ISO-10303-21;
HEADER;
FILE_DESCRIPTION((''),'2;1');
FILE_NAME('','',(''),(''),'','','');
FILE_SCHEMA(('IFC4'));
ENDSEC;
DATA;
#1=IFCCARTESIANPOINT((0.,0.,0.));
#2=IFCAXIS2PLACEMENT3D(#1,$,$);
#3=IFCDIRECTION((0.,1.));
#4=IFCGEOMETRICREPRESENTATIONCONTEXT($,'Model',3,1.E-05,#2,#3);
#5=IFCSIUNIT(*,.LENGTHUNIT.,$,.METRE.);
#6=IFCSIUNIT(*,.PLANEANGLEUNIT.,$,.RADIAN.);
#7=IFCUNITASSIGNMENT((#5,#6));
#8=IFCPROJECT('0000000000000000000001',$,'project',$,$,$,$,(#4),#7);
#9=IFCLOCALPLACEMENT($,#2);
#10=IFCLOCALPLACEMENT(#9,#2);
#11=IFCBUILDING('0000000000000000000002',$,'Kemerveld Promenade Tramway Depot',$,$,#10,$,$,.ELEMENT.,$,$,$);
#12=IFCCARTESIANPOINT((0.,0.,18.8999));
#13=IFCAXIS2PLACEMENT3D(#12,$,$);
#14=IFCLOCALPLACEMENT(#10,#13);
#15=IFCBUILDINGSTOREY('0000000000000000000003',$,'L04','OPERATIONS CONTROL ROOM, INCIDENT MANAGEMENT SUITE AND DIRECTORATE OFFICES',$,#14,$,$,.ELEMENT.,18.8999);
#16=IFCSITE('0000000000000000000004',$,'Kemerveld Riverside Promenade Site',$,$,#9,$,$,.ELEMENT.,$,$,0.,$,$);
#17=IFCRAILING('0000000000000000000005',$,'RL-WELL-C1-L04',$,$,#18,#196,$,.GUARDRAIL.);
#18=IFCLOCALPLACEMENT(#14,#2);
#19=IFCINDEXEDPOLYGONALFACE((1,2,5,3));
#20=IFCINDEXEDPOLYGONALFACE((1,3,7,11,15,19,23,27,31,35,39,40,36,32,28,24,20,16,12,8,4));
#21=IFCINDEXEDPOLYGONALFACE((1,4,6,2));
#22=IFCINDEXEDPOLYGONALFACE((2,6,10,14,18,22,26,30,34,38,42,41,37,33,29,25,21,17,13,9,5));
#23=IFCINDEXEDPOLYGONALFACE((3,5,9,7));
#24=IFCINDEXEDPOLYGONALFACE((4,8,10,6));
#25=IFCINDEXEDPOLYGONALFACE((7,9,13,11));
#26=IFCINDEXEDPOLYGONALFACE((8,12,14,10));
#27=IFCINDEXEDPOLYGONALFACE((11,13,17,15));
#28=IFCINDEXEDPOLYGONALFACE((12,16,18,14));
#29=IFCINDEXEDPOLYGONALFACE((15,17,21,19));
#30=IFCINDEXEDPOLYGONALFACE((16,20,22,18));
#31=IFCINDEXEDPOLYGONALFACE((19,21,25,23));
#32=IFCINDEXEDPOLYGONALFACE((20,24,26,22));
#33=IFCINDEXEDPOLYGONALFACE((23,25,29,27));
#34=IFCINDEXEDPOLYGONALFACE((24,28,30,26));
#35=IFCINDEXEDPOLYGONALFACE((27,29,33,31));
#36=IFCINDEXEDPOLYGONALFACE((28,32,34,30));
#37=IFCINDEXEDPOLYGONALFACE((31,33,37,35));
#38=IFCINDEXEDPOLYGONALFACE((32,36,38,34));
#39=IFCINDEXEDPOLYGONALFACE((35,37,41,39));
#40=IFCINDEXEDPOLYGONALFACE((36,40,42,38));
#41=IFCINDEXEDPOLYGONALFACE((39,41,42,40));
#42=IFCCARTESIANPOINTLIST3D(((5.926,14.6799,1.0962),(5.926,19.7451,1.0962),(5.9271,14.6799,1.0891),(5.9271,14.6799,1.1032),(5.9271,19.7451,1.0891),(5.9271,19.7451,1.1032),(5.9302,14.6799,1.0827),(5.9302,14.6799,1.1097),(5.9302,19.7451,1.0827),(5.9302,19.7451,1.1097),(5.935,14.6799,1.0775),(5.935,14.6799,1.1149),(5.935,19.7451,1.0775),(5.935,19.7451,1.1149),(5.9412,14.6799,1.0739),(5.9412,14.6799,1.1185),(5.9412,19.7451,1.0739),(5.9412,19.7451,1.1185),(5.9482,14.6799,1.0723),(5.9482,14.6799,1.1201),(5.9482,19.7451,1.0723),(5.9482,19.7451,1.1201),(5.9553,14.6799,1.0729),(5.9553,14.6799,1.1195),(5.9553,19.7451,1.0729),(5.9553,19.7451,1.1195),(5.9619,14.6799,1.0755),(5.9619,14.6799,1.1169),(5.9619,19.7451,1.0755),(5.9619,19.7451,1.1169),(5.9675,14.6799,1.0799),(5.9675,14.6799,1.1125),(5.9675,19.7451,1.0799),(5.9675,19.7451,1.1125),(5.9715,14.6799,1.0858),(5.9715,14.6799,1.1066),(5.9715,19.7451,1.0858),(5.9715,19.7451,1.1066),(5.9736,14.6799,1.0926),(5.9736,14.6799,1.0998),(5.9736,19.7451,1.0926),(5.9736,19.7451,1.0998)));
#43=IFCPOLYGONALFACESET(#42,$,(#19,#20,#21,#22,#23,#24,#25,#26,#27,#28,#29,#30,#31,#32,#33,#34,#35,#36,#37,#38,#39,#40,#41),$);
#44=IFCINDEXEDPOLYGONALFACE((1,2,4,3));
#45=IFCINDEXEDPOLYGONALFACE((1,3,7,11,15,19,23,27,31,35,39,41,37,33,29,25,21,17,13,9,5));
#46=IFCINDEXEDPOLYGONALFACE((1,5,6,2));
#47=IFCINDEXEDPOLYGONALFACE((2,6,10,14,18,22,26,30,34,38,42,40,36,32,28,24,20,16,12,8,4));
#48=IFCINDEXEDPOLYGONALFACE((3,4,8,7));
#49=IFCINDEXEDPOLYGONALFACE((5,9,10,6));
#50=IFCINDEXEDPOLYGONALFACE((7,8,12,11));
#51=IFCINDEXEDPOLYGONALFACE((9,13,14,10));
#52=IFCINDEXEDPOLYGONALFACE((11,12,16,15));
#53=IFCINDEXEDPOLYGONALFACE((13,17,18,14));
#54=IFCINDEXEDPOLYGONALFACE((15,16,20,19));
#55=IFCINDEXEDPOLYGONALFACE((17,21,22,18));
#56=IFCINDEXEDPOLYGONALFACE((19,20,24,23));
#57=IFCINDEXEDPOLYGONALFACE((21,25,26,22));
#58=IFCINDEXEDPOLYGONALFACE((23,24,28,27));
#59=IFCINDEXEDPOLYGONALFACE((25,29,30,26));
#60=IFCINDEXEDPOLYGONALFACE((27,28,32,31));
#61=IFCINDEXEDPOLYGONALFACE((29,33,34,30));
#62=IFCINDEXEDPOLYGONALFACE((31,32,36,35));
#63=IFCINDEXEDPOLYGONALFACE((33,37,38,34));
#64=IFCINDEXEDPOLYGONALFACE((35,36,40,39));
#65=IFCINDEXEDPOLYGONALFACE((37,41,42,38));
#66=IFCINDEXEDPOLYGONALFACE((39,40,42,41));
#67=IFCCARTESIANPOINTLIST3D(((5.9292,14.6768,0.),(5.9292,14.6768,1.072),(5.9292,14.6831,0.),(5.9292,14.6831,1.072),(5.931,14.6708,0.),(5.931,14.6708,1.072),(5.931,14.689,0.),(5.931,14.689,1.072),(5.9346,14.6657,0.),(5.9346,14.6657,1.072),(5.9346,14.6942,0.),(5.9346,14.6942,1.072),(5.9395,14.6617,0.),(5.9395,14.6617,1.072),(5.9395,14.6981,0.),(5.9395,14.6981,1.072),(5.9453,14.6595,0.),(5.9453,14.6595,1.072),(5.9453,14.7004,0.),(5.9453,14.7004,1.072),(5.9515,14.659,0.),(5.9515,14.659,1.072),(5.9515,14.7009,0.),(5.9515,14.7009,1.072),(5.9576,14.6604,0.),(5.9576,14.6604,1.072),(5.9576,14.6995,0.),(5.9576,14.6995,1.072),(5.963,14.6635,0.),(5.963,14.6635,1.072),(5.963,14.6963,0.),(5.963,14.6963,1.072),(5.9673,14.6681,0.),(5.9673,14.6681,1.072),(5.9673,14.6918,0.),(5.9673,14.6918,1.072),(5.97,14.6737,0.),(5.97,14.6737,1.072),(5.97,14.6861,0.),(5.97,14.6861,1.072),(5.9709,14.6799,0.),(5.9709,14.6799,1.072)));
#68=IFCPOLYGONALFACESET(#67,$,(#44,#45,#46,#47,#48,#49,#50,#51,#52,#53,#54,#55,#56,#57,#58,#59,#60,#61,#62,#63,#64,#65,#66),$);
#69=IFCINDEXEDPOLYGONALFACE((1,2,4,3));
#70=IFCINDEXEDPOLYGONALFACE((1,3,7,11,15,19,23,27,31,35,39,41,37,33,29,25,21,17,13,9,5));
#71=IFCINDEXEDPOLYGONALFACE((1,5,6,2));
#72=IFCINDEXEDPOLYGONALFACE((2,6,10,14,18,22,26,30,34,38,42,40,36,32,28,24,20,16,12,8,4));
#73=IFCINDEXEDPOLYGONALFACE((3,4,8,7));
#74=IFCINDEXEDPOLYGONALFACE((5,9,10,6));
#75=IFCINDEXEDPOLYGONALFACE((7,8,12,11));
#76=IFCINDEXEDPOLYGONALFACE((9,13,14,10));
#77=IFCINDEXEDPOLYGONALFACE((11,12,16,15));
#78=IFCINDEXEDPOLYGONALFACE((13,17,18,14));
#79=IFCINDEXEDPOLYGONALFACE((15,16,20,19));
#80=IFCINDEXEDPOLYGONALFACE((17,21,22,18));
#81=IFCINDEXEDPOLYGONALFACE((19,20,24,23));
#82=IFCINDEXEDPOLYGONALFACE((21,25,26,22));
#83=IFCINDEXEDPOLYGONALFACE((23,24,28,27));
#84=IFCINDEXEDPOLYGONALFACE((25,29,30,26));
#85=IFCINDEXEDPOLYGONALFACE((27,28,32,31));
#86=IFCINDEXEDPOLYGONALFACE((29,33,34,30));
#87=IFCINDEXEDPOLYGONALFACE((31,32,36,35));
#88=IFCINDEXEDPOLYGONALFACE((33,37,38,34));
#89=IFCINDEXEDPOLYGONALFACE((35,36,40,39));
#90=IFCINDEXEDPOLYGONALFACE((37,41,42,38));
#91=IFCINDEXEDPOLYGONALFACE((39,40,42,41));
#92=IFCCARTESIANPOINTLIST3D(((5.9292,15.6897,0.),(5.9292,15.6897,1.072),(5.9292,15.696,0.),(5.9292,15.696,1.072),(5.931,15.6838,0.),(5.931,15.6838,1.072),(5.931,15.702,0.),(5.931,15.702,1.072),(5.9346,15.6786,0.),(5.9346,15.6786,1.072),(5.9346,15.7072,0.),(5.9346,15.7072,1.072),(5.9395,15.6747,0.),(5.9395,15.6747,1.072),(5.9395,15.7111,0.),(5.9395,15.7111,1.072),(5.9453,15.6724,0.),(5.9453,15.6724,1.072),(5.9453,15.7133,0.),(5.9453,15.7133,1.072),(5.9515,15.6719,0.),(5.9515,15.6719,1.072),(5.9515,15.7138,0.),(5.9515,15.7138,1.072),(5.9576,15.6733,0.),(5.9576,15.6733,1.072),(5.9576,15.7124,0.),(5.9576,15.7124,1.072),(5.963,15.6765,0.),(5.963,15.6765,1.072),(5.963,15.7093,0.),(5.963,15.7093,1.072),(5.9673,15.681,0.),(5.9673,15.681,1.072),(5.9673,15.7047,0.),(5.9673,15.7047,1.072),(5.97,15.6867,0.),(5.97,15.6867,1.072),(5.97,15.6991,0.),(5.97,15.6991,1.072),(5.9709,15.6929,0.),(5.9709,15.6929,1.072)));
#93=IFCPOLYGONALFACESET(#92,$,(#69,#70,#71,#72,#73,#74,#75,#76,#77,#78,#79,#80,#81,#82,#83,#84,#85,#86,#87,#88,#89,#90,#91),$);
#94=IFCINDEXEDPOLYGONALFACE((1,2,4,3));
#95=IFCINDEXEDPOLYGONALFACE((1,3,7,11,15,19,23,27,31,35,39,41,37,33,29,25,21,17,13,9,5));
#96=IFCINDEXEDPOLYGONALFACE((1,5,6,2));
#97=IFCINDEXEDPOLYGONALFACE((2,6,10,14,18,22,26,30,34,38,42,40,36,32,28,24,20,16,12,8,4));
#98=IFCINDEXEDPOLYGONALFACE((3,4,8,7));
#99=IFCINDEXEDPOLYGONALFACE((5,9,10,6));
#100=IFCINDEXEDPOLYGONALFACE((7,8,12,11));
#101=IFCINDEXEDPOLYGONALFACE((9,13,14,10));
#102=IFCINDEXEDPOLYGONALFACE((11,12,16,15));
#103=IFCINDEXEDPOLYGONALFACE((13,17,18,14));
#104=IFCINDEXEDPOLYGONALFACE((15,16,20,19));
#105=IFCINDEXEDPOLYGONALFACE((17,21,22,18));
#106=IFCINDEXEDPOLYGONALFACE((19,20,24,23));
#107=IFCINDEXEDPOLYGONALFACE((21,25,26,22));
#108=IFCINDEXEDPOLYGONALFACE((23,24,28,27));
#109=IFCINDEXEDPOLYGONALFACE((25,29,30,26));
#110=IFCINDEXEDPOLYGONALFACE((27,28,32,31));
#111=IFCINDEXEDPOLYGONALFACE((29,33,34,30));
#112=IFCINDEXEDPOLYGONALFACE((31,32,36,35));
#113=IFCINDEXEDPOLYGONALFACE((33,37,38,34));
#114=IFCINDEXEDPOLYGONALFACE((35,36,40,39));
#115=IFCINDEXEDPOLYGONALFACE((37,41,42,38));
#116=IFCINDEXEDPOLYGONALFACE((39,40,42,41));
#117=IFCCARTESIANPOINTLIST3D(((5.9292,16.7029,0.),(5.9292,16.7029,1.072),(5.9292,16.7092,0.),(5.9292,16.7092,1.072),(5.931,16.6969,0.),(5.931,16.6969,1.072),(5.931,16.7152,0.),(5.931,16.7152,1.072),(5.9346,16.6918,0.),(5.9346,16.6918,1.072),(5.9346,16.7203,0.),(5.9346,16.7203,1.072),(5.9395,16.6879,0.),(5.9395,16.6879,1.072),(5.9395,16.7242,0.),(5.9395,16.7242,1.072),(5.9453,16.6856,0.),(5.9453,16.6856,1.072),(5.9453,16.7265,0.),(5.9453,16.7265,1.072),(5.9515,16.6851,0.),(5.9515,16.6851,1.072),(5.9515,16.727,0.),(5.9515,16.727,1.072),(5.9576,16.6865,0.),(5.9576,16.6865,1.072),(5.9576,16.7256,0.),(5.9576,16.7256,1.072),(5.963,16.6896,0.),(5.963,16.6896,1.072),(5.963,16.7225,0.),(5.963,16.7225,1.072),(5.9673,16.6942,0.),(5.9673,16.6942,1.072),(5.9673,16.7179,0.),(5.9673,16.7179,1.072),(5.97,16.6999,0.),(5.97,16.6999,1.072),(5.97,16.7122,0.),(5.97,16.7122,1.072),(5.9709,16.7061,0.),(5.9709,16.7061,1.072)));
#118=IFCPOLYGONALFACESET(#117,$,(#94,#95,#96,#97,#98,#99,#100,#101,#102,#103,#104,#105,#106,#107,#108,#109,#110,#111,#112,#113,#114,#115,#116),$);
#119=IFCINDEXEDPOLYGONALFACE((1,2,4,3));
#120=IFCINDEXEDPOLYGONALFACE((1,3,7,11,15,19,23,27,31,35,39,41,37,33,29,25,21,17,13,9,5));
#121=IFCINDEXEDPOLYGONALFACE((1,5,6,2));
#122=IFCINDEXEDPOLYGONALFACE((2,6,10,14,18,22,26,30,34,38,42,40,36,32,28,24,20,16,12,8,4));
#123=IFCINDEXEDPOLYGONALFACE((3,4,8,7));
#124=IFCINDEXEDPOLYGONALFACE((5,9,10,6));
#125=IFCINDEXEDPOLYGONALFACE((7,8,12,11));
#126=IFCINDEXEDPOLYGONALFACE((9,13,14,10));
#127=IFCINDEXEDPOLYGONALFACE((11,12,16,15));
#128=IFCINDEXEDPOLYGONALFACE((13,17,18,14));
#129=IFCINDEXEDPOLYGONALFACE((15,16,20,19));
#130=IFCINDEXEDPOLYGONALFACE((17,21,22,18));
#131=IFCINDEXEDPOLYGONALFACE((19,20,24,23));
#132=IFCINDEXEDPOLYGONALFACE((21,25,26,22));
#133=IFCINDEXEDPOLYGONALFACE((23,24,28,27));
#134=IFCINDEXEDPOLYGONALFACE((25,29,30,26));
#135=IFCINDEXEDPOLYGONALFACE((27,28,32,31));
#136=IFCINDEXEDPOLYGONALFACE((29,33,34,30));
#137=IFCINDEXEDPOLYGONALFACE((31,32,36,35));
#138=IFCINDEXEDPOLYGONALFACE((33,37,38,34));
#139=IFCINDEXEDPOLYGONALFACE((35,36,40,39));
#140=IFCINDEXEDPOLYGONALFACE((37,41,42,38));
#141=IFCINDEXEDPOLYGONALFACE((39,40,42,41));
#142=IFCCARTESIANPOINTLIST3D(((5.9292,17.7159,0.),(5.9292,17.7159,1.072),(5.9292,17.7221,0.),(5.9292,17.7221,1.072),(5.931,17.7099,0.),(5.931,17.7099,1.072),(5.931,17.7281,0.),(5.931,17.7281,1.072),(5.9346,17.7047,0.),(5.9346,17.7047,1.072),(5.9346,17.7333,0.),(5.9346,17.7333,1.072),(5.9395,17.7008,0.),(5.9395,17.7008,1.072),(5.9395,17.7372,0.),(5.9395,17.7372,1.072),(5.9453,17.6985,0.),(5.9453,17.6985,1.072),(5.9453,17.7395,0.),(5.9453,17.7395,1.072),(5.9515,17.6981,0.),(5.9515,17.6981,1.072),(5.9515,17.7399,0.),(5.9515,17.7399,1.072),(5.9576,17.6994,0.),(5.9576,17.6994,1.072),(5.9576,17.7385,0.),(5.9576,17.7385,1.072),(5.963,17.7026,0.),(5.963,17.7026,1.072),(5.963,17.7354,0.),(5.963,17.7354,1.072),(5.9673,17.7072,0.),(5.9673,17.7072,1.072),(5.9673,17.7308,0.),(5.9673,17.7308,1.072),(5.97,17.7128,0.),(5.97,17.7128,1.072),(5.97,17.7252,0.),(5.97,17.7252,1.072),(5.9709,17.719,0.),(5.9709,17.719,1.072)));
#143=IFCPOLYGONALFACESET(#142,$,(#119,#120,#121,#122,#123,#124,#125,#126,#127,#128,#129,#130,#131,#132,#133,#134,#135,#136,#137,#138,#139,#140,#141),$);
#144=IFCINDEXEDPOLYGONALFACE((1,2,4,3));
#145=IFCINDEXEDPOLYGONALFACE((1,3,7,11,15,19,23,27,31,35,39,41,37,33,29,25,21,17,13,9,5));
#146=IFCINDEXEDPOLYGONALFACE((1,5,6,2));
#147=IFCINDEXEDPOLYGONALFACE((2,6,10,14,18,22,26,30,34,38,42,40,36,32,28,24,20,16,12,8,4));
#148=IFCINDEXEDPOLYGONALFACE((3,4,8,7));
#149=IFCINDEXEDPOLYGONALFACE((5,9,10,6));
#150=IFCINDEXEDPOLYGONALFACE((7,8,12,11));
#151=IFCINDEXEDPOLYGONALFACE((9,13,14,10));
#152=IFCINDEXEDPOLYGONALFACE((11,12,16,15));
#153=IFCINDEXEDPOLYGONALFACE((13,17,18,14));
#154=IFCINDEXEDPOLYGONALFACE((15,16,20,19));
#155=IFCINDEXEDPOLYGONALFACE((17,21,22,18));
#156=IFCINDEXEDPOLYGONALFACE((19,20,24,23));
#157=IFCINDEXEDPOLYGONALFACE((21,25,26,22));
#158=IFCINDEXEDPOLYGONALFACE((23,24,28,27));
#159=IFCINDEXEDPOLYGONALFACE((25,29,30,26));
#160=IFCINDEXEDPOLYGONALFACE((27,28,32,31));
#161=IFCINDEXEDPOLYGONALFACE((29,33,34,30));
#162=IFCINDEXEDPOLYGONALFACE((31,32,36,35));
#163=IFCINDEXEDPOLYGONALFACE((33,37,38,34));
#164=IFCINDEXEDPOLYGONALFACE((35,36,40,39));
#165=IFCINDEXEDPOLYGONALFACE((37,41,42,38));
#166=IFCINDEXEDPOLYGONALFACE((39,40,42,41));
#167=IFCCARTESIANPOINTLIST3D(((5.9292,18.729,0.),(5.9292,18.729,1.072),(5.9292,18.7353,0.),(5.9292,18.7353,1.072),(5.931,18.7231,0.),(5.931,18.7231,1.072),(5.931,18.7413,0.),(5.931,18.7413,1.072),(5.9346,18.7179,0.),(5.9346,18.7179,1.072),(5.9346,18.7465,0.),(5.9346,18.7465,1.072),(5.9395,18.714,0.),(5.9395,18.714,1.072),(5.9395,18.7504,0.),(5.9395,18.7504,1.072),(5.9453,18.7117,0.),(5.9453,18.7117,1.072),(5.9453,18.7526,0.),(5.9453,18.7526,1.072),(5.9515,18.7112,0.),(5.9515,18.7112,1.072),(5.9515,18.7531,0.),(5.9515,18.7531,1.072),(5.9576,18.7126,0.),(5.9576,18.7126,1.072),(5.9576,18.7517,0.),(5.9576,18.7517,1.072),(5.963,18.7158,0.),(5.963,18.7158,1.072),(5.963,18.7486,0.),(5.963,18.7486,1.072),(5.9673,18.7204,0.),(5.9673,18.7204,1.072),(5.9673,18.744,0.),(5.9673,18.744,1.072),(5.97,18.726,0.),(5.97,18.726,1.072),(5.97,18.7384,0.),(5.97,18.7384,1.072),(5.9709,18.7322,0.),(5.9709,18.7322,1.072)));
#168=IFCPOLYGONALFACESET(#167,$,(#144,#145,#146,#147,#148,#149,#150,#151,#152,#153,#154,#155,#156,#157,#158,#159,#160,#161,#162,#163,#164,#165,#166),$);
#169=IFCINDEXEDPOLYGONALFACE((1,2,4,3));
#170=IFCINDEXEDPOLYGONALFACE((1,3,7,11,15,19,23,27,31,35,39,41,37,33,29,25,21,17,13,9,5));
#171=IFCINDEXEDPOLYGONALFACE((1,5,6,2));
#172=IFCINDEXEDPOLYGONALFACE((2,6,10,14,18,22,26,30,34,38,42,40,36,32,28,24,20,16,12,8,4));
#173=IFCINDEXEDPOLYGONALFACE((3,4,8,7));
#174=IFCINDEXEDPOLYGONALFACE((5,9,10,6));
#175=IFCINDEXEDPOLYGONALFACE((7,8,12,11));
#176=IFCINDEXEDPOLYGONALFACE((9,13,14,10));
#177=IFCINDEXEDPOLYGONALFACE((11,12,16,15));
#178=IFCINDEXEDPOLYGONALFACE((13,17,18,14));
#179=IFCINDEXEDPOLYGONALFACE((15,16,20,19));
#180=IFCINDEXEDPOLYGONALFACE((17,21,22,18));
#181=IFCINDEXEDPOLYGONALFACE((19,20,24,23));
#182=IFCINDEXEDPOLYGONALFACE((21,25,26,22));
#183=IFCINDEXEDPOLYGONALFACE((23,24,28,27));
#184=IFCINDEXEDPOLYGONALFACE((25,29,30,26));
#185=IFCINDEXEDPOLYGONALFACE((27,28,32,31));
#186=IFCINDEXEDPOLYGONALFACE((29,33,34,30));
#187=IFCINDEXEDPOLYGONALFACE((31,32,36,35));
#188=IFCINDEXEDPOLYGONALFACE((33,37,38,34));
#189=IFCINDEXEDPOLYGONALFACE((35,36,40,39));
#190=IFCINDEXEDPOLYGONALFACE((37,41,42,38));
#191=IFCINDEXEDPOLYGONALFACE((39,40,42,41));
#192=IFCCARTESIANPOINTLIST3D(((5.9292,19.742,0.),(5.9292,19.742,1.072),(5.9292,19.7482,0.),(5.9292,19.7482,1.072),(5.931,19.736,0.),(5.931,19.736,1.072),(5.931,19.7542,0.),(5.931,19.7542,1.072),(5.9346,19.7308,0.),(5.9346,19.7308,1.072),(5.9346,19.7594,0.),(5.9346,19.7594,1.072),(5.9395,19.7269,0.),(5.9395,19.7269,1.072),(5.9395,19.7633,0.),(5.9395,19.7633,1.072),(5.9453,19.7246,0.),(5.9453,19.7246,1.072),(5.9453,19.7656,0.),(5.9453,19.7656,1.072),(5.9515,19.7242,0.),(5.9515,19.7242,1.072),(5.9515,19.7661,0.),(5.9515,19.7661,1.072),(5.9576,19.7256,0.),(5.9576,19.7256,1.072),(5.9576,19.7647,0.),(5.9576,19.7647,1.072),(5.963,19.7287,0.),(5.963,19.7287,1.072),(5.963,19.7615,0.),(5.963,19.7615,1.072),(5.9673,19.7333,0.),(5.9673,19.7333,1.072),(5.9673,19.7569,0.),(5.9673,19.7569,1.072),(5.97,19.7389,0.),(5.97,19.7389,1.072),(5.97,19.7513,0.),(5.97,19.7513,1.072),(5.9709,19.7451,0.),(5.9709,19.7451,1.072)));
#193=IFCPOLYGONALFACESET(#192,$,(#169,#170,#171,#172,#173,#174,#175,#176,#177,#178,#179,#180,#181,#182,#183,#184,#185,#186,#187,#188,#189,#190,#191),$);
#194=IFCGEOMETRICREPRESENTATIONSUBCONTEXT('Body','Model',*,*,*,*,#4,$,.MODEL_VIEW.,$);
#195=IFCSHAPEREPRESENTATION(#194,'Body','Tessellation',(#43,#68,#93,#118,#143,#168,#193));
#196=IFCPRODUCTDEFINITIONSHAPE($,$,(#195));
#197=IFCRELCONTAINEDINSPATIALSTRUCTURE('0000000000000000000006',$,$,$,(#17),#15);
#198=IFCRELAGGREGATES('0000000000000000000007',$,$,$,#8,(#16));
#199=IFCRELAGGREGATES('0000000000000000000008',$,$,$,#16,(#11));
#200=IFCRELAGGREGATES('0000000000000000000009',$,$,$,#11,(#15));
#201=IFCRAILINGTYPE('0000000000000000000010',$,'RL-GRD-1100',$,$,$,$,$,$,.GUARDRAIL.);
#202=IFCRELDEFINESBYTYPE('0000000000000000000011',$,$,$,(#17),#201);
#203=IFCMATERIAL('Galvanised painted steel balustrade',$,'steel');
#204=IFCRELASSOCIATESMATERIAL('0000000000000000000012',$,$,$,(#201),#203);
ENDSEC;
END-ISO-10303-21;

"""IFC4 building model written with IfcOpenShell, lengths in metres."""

from ifc_helpers import new_model, si_unit, direction, frame, origin, origin_2d, place, context, subcontext, project, spatial, circle, extrude, material, type_object, element, save


model = new_model("IFC4")

# Units and contexts
model_context = context("Model", 3, precision=1e-05, world=origin(), true_north=direction((0.0, 1.0)))
body_context = subcontext(model_context, "Body", "Model", "MODEL_VIEW")
ifc_project = project(units=[si_unit("LENGTHUNIT", "METRE"), si_unit("PLANEANGLEUNIT", "RADIAN")], contexts=[model_context])

# Site, building, storey
site_placement = place(None, origin())
site = spatial("IfcSite", under=ifc_project, at=site_placement, Name="Kemerveld Riverside Promenade Site", CompositionType="ELEMENT", RefElevation=0.0)
building_placement = place(site_placement, origin())
building = spatial("IfcBuilding", under=site, at=building_placement, Name="Kemerveld Promenade Tramway Depot", CompositionType="ELEMENT")
storey_placement = place(building_placement, frame((0.0, 0.0, 18.8999)))
storey = spatial("IfcBuildingStorey", under=building, at=storey_placement, Name="L04", Description="OPERATIONS CONTROL ROOM, INCIDENT MANAGEMENT SUITE AND DIRECTORATE OFFICES", CompositionType="ELEMENT", Elevation=18.8999)

# Railing
ifc_material_1 = material(Name="Galvanised painted steel balustrade", Category="steel")
railing_type = type_object("IfcRailingType", Name="RL-GRD-1100", PredefinedType="GUARDRAIL", material=ifc_material_1)
railing_placement = place(storey_placement, frame((5.95, 14.6799, 0.0)))
element("IfcRailing", 1, at=railing_placement, inside=storey, type_object=railing_type, Name="RL-WELL-C1-L04", PredefinedType="GUARDRAIL", context=body_context, shape_type="SweptSolid", body=[
    extrude(circle(Radius=0.0239, at=origin_2d()), frame((0.0, 0.0, 1.0962), z_axis=(0.0, 1.0, 0.0), x_axis=(-1.0, 0.0, 0.0)), (0.0, 0.0, 1.0), 5.0652),
    extrude(circle(Radius=0.021, at=origin_2d()), origin(), (0.0, 0.0, 1.0), 1.072),
    extrude(circle(Radius=0.021, at=origin_2d()), frame((0.0, 1.0129, 0.0)), (0.0, 0.0, 1.0), 1.072),
    extrude(circle(Radius=0.021, at=origin_2d()), frame((0.0, 2.0261, 0.0)), (0.0, 0.0, 1.0), 1.072),
    extrude(circle(Radius=0.021, at=origin_2d()), frame((0.0, 3.0391, 0.0)), (0.0, 0.0, 1.0), 1.072),
    extrude(circle(Radius=0.021, at=origin_2d()), frame((0.0, 4.0522, 0.0)), (0.0, 0.0, 1.0), 1.072),
    extrude(circle(Radius=0.021, at=origin_2d()), frame((0.0, 5.0652, 0.0)), (0.0, 0.0, 1.0), 1.072),
])

save(model, "model.ifc")
